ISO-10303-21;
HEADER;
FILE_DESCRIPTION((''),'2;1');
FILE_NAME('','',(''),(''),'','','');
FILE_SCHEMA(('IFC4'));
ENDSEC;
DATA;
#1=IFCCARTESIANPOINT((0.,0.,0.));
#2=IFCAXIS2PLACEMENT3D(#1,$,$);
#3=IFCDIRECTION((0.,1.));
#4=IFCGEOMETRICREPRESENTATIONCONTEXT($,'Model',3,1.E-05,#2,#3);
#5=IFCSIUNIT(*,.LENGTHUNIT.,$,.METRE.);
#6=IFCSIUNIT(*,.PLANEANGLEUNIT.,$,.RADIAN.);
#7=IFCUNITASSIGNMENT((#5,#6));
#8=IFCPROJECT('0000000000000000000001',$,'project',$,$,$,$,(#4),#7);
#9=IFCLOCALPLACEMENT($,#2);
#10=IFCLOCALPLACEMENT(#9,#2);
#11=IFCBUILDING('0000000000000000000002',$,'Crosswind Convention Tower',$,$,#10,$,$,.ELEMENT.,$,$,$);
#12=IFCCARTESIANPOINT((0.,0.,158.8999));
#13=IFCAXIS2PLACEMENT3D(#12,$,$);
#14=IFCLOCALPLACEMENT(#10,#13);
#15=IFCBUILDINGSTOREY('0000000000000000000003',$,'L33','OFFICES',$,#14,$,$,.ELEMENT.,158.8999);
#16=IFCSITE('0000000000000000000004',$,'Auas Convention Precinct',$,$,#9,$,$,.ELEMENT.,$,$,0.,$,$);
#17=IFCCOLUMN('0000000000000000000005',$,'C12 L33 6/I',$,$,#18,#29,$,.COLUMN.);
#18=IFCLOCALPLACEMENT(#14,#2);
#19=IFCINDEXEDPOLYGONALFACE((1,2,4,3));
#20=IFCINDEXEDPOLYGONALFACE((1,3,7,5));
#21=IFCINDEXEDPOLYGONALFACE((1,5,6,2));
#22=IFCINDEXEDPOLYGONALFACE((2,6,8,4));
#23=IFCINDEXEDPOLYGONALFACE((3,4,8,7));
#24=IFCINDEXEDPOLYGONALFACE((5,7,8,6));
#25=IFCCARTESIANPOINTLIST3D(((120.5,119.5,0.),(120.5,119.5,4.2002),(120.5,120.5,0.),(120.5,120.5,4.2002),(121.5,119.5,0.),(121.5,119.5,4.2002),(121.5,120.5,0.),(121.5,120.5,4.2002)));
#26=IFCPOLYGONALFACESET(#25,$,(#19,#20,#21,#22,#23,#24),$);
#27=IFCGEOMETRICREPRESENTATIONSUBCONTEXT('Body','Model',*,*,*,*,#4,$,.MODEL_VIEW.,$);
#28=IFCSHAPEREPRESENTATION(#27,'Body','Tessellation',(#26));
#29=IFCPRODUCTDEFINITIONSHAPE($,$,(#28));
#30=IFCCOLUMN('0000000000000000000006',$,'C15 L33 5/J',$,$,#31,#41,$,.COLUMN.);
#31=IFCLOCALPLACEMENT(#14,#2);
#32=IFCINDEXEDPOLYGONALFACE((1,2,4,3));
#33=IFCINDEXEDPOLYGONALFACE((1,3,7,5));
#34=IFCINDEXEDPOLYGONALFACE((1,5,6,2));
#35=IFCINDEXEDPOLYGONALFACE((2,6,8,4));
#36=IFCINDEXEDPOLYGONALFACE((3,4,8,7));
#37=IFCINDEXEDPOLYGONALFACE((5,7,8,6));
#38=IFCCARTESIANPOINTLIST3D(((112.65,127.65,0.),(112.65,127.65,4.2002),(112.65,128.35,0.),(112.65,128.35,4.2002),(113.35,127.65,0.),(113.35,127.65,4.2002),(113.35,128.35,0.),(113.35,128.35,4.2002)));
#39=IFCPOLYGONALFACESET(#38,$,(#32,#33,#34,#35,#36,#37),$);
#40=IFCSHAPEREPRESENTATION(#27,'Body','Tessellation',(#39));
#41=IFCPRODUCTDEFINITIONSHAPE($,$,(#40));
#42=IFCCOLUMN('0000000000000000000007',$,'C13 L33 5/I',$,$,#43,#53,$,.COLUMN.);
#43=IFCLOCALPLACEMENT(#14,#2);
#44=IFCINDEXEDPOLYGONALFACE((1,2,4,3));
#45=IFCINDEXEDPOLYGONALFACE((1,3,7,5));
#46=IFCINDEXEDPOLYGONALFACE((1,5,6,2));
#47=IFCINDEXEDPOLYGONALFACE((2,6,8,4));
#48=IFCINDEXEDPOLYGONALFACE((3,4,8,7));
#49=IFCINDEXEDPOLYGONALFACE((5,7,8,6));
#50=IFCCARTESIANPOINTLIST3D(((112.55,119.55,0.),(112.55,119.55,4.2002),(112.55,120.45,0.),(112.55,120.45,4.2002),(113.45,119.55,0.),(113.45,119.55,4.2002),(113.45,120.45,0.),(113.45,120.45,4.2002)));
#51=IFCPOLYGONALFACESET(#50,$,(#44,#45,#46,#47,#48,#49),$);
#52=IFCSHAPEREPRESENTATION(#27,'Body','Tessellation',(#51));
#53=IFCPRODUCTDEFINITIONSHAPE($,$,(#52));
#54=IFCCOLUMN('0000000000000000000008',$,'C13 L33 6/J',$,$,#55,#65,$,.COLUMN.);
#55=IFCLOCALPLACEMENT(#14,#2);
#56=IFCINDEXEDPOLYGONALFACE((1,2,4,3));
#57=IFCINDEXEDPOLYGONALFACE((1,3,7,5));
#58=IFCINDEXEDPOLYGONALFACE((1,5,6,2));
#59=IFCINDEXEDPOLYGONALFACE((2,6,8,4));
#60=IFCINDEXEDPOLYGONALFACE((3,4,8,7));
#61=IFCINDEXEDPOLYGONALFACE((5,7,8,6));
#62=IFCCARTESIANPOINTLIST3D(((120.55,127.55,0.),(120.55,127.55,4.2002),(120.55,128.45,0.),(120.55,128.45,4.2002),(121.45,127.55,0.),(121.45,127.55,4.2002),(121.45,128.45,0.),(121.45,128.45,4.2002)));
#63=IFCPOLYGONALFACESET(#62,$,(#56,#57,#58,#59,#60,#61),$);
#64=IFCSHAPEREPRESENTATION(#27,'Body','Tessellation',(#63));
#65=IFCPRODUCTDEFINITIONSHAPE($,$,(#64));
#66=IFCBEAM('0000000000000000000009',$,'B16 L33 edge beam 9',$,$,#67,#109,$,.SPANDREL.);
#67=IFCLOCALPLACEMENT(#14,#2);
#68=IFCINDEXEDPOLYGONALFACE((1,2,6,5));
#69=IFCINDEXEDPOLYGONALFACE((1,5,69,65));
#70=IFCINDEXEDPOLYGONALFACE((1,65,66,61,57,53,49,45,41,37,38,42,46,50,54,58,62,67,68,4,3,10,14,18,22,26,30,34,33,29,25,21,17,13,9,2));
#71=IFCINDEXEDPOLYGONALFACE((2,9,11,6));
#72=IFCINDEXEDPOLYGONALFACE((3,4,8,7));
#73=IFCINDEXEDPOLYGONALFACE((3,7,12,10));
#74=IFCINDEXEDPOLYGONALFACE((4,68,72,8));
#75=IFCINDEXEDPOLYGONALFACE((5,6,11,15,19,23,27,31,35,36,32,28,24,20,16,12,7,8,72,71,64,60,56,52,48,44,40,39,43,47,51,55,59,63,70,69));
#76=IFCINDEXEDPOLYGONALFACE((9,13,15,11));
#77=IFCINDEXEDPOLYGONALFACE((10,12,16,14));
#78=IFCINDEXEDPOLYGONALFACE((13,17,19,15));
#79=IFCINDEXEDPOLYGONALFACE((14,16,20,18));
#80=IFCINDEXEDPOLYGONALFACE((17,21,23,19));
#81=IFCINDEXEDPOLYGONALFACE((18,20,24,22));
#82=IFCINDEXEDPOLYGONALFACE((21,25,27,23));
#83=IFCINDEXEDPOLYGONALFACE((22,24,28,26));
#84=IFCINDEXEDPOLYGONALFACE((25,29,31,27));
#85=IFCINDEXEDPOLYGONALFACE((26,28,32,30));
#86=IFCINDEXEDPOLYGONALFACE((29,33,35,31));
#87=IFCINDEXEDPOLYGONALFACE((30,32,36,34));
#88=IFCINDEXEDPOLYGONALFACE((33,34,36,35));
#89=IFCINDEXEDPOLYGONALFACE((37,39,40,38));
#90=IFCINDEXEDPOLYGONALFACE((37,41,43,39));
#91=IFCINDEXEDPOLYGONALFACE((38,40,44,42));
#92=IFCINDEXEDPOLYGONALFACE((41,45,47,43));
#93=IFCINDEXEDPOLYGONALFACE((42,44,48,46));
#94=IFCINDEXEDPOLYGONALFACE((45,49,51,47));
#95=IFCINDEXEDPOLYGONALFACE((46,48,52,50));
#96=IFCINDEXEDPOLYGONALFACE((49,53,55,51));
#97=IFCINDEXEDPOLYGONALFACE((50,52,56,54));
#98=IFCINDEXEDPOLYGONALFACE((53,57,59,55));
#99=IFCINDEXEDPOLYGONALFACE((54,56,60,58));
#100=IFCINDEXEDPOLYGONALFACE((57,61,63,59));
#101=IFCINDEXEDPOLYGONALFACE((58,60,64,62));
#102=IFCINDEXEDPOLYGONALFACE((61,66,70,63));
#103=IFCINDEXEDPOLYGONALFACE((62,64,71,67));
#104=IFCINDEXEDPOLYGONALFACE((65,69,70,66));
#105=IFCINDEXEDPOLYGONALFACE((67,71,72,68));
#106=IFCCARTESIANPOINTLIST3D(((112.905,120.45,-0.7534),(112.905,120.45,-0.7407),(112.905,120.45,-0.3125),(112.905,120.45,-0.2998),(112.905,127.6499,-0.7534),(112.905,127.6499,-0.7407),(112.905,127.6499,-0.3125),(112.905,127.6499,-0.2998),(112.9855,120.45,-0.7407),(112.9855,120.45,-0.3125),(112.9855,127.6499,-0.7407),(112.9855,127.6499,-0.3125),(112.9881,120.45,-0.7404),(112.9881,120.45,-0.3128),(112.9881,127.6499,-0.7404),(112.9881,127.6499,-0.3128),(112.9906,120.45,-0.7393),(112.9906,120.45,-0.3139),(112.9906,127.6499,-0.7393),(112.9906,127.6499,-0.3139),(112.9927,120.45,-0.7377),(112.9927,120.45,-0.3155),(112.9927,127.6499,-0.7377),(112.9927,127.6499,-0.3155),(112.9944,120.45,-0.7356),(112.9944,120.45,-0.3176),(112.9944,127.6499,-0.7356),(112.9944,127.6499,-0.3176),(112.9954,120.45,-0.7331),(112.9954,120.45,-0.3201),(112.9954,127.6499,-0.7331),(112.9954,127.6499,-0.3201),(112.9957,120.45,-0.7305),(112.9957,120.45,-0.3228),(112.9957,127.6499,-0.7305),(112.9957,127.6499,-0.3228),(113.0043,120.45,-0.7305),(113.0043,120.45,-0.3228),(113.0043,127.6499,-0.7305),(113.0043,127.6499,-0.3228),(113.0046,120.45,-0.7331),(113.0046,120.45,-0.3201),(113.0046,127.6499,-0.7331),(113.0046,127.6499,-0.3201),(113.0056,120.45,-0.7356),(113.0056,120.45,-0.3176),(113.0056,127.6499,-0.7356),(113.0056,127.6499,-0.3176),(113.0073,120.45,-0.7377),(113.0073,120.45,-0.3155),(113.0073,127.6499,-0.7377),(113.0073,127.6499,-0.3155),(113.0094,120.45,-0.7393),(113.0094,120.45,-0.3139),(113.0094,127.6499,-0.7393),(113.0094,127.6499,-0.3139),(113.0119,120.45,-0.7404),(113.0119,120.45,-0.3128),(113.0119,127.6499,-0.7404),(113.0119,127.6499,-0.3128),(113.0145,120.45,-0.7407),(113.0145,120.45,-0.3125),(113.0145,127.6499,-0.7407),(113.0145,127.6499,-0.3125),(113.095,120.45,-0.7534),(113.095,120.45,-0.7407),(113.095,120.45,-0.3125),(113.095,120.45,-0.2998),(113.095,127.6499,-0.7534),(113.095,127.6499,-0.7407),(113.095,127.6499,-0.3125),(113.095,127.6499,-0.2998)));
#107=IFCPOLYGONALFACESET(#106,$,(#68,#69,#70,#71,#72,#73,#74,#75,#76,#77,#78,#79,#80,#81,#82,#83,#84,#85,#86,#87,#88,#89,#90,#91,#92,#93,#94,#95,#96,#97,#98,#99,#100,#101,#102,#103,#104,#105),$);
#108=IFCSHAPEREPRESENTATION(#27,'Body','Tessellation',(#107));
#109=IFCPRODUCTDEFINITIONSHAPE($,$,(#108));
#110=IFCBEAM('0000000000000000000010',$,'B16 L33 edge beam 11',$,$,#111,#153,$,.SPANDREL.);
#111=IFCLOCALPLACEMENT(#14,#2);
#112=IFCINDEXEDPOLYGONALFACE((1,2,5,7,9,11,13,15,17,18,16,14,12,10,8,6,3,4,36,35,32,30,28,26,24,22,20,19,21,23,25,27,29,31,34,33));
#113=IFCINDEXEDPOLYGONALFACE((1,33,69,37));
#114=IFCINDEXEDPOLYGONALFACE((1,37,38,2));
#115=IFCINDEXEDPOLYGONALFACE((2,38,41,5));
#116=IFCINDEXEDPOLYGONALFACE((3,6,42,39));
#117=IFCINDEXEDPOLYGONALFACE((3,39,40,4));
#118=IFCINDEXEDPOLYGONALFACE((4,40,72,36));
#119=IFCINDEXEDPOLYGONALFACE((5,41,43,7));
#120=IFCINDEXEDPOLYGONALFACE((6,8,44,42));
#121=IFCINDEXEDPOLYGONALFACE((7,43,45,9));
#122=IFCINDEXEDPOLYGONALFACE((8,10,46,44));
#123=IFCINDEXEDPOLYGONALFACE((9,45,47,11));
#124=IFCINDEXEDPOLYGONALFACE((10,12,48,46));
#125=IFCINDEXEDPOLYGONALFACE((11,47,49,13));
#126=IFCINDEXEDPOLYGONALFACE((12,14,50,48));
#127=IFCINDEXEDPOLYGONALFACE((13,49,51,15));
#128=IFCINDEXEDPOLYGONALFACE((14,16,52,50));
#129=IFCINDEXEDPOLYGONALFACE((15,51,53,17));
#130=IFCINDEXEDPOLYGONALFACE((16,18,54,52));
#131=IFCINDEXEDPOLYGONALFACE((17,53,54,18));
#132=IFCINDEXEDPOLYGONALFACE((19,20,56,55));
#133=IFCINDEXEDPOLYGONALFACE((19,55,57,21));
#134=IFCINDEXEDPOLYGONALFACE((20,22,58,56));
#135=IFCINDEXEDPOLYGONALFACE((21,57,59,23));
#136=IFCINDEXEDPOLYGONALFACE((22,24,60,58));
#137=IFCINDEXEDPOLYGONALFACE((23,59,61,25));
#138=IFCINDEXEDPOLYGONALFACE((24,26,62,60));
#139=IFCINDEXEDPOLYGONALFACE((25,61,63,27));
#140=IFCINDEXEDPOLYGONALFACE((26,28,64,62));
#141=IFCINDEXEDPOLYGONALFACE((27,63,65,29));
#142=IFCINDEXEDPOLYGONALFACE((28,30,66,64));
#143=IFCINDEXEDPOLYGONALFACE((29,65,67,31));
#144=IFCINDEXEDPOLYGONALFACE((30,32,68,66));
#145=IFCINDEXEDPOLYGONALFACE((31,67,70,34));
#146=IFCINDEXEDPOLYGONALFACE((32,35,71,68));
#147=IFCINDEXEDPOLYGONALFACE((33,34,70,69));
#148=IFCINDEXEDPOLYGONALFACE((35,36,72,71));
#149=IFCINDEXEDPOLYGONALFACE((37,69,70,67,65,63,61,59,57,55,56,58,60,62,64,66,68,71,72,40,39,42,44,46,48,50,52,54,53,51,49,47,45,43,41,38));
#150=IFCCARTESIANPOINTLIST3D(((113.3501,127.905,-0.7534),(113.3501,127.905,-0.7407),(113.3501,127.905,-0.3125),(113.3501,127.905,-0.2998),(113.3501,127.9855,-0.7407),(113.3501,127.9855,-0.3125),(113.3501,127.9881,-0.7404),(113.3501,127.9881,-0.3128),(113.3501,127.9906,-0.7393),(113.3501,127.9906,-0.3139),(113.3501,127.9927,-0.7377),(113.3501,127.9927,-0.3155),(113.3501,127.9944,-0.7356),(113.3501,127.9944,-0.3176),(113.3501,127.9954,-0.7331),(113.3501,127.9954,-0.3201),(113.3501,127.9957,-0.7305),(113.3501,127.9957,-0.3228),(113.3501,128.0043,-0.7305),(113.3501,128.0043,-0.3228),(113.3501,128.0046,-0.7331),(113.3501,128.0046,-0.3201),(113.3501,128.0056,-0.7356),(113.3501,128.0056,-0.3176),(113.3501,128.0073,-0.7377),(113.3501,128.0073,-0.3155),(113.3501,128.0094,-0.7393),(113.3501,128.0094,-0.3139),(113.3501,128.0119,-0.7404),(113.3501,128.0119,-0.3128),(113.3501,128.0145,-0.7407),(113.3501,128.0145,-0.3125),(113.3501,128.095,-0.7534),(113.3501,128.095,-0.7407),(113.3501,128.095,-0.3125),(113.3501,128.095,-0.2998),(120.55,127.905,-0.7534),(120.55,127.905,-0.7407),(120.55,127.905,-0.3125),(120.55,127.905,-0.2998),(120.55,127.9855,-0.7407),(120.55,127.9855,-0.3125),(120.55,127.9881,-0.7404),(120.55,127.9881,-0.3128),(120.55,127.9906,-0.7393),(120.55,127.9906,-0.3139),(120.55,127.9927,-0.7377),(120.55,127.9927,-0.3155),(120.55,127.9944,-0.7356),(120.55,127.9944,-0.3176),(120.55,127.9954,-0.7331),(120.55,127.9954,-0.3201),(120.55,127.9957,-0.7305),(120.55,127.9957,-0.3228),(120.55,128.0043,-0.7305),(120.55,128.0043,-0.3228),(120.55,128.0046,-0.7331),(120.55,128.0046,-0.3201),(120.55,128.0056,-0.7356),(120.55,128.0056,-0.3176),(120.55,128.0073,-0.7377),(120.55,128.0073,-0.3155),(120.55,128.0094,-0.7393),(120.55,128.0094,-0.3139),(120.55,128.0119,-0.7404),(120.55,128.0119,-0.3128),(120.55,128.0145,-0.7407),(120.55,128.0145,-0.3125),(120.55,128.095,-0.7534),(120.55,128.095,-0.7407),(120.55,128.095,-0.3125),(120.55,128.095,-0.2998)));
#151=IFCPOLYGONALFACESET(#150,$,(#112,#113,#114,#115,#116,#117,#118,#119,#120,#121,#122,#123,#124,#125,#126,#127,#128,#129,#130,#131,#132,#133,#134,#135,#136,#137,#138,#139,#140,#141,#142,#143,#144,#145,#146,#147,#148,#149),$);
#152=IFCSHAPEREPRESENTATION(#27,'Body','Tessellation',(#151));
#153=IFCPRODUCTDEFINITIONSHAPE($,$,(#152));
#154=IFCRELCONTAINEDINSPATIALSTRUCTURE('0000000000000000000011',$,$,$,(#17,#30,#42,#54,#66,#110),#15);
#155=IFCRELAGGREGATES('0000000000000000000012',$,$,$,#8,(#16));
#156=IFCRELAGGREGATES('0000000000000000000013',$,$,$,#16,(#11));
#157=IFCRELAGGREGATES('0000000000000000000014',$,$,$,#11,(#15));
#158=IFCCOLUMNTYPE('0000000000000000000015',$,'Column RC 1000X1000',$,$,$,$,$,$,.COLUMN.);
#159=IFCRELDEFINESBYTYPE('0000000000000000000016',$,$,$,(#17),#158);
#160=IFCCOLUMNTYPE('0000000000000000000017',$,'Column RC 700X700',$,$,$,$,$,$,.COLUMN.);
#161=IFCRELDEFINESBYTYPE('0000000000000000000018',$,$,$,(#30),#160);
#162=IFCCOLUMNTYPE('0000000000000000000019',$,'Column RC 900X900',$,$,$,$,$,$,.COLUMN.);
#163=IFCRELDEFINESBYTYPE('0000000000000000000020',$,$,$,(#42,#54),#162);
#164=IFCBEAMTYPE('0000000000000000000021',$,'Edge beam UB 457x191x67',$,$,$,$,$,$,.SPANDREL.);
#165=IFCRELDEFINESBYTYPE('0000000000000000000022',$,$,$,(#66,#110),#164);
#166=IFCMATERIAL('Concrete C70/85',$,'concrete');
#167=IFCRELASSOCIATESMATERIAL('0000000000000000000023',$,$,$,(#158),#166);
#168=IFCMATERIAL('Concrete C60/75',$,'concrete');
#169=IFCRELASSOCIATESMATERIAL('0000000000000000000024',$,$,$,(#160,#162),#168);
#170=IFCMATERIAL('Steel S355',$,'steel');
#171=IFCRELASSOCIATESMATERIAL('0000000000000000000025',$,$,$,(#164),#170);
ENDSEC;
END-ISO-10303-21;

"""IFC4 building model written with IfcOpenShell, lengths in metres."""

from ifc_helpers import new_model, si_unit, direction, frame, origin, origin_2d, place, context, subcontext, project, spatial, rectangle, i_section, extrude, material, material_profile, profile_set, type_object, element, save


model = new_model("IFC4")

# Units and contexts
model_context = context("Model", 3, precision=1e-05, world=origin(), true_north=direction((0.0, 1.0)))
body_context = subcontext(model_context, "Body", "Model", "MODEL_VIEW")
ifc_project = project(units=[si_unit("LENGTHUNIT", "METRE"), si_unit("PLANEANGLEUNIT", "RADIAN")], contexts=[model_context])

# Site, building, storey
site_placement = place(None, origin())
site = spatial("IfcSite", under=ifc_project, at=site_placement, Name="Auas Convention Precinct", CompositionType="ELEMENT", RefElevation=0.0)
building_placement = place(site_placement, origin())
building = spatial("IfcBuilding", under=site, at=building_placement, Name="Crosswind Convention Tower", CompositionType="ELEMENT")
storey_placement = place(building_placement, frame((0.0, 0.0, 158.8999)))
storey = spatial("IfcBuildingStorey", under=building, at=storey_placement, Name="L33", Description="OFFICES", CompositionType="ELEMENT", Elevation=158.8999)

# Columns
ifc_material_1 = material(Name="Concrete C70/85", Category="concrete")
ifc_material_profile_1 = material_profile(ifc_material_1, rectangle(XDim=1.0, YDim=1.0, at=origin_2d()), Name="RC 1000X1000")
ifc_profile_set_1 = profile_set([ifc_material_profile_1], Name="Concrete C70/85")
column_type_1 = type_object("IfcColumnType", Name="Column RC 1000X1000", PredefinedType="COLUMN", material=ifc_profile_set_1)
column_1_placement = place(storey_placement, frame((121.0, 120.0, 0.0), z_axis=(0.0, 0.0, 1.0), x_axis=(1.0, 0.0, 0.0)))
element("IfcColumn", 1, at=column_1_placement, inside=storey, type_object=column_type_1, Name="C12 L33 6/I", PredefinedType="COLUMN", context=body_context, shape_type="SweptSolid", body=[
    extrude(rectangle(XDim=1.0, YDim=1.0, at=origin_2d()), origin(), (0.0, 0.0, 1.0), 4.2002),
])
ifc_material_2 = material(Name="Concrete C60/75", Category="concrete")
ifc_material_profile_2 = material_profile(ifc_material_2, rectangle(XDim=0.7, YDim=0.7, at=origin_2d()), Name="RC 700X700")
ifc_profile_set_2 = profile_set([ifc_material_profile_2], Name="Concrete C60/75")
column_type_2 = type_object("IfcColumnType", Name="Column RC 700X700", PredefinedType="COLUMN", material=ifc_profile_set_2)
column_2_placement = place(storey_placement, frame((113.0, 128.0, 0.0), z_axis=(0.0, 0.0, 1.0), x_axis=(1.0, 0.0, 0.0)))
element("IfcColumn", 2, at=column_2_placement, inside=storey, type_object=column_type_2, Name="C15 L33 5/J", PredefinedType="COLUMN", context=body_context, shape_type="SweptSolid", body=[
    extrude(rectangle(XDim=0.7, YDim=0.7, at=origin_2d()), origin(), (0.0, 0.0, 1.0), 4.2002),
])
ifc_material_profile_3 = material_profile(ifc_material_2, rectangle(XDim=0.8999, YDim=0.8999, at=origin_2d()), Name="RC 900X900")
ifc_profile_set_3 = profile_set([ifc_material_profile_3], Name="Concrete C60/75")
column_type_3 = type_object("IfcColumnType", Name="Column RC 900X900", PredefinedType="COLUMN", material=ifc_profile_set_3)
for number, where, z_axis, x_axis, name in (
    (3, (113.0, 120.0, 0.0), (0.0, 0.0, 1.0), (1.0, 0.0, 0.0), "C13 L33 5/I"),
    (4, (121.0, 128.0, 0.0), (0.0, 0.0, 1.0), (1.0, 0.0, 0.0), "C13 L33 6/J"),
):
    element("IfcColumn", number, at=place(storey_placement, frame(where, z_axis=z_axis, x_axis=x_axis)), inside=storey, type_object=column_type_3, Name=name, PredefinedType="COLUMN", context=body_context, shape_type="SweptSolid", body=[
        extrude(rectangle(XDim=0.8999, YDim=0.8999, at=origin_2d()), origin(), (0.0, 0.0, 1.0), 4.2002),
    ])

# Beams
ifc_material_3 = material(Name="Steel S355", Category="steel")
ifc_material_profile_4 = material_profile(ifc_material_3, i_section(OverallWidth=0.1899, OverallDepth=0.4536, WebThickness=0.0085, FlangeThickness=0.0127, FilletRadius=0.0103, at=origin_2d()), Name="UB 457x191x67")
ifc_profile_set_4 = profile_set([ifc_material_profile_4], Name="Steel S355")
beam_type_1 = type_object("IfcBeamType", Name="Edge beam UB 457x191x67", PredefinedType="SPANDREL", material=ifc_profile_set_4)
for number, where, z_axis, x_axis, name in (
    (5, (113.0, 120.45, -0.5266), (0.0, 1.0, 0.0), (-1.0, 0.0, 0.0), "B16 L33 edge beam 9"),
    (6, (113.3501, 128.0, -0.5266), (1.0, 0.0, 0.0), (0.0, 1.0, 0.0), "B16 L33 edge beam 11"),
):
    element("IfcBeam", number, at=place(storey_placement, frame(where, z_axis=z_axis, x_axis=x_axis)), inside=storey, type_object=beam_type_1, Name=name, PredefinedType="SPANDREL", context=body_context, shape_type="SweptSolid", body=[
        extrude(i_section(OverallWidth=0.1899, OverallDepth=0.4536, WebThickness=0.0085, FlangeThickness=0.0127, FilletRadius=0.0103, at=origin_2d()), origin(), (0.0, 0.0, 1.0), 7.2),
    ])

save(model, "model.ifc")
